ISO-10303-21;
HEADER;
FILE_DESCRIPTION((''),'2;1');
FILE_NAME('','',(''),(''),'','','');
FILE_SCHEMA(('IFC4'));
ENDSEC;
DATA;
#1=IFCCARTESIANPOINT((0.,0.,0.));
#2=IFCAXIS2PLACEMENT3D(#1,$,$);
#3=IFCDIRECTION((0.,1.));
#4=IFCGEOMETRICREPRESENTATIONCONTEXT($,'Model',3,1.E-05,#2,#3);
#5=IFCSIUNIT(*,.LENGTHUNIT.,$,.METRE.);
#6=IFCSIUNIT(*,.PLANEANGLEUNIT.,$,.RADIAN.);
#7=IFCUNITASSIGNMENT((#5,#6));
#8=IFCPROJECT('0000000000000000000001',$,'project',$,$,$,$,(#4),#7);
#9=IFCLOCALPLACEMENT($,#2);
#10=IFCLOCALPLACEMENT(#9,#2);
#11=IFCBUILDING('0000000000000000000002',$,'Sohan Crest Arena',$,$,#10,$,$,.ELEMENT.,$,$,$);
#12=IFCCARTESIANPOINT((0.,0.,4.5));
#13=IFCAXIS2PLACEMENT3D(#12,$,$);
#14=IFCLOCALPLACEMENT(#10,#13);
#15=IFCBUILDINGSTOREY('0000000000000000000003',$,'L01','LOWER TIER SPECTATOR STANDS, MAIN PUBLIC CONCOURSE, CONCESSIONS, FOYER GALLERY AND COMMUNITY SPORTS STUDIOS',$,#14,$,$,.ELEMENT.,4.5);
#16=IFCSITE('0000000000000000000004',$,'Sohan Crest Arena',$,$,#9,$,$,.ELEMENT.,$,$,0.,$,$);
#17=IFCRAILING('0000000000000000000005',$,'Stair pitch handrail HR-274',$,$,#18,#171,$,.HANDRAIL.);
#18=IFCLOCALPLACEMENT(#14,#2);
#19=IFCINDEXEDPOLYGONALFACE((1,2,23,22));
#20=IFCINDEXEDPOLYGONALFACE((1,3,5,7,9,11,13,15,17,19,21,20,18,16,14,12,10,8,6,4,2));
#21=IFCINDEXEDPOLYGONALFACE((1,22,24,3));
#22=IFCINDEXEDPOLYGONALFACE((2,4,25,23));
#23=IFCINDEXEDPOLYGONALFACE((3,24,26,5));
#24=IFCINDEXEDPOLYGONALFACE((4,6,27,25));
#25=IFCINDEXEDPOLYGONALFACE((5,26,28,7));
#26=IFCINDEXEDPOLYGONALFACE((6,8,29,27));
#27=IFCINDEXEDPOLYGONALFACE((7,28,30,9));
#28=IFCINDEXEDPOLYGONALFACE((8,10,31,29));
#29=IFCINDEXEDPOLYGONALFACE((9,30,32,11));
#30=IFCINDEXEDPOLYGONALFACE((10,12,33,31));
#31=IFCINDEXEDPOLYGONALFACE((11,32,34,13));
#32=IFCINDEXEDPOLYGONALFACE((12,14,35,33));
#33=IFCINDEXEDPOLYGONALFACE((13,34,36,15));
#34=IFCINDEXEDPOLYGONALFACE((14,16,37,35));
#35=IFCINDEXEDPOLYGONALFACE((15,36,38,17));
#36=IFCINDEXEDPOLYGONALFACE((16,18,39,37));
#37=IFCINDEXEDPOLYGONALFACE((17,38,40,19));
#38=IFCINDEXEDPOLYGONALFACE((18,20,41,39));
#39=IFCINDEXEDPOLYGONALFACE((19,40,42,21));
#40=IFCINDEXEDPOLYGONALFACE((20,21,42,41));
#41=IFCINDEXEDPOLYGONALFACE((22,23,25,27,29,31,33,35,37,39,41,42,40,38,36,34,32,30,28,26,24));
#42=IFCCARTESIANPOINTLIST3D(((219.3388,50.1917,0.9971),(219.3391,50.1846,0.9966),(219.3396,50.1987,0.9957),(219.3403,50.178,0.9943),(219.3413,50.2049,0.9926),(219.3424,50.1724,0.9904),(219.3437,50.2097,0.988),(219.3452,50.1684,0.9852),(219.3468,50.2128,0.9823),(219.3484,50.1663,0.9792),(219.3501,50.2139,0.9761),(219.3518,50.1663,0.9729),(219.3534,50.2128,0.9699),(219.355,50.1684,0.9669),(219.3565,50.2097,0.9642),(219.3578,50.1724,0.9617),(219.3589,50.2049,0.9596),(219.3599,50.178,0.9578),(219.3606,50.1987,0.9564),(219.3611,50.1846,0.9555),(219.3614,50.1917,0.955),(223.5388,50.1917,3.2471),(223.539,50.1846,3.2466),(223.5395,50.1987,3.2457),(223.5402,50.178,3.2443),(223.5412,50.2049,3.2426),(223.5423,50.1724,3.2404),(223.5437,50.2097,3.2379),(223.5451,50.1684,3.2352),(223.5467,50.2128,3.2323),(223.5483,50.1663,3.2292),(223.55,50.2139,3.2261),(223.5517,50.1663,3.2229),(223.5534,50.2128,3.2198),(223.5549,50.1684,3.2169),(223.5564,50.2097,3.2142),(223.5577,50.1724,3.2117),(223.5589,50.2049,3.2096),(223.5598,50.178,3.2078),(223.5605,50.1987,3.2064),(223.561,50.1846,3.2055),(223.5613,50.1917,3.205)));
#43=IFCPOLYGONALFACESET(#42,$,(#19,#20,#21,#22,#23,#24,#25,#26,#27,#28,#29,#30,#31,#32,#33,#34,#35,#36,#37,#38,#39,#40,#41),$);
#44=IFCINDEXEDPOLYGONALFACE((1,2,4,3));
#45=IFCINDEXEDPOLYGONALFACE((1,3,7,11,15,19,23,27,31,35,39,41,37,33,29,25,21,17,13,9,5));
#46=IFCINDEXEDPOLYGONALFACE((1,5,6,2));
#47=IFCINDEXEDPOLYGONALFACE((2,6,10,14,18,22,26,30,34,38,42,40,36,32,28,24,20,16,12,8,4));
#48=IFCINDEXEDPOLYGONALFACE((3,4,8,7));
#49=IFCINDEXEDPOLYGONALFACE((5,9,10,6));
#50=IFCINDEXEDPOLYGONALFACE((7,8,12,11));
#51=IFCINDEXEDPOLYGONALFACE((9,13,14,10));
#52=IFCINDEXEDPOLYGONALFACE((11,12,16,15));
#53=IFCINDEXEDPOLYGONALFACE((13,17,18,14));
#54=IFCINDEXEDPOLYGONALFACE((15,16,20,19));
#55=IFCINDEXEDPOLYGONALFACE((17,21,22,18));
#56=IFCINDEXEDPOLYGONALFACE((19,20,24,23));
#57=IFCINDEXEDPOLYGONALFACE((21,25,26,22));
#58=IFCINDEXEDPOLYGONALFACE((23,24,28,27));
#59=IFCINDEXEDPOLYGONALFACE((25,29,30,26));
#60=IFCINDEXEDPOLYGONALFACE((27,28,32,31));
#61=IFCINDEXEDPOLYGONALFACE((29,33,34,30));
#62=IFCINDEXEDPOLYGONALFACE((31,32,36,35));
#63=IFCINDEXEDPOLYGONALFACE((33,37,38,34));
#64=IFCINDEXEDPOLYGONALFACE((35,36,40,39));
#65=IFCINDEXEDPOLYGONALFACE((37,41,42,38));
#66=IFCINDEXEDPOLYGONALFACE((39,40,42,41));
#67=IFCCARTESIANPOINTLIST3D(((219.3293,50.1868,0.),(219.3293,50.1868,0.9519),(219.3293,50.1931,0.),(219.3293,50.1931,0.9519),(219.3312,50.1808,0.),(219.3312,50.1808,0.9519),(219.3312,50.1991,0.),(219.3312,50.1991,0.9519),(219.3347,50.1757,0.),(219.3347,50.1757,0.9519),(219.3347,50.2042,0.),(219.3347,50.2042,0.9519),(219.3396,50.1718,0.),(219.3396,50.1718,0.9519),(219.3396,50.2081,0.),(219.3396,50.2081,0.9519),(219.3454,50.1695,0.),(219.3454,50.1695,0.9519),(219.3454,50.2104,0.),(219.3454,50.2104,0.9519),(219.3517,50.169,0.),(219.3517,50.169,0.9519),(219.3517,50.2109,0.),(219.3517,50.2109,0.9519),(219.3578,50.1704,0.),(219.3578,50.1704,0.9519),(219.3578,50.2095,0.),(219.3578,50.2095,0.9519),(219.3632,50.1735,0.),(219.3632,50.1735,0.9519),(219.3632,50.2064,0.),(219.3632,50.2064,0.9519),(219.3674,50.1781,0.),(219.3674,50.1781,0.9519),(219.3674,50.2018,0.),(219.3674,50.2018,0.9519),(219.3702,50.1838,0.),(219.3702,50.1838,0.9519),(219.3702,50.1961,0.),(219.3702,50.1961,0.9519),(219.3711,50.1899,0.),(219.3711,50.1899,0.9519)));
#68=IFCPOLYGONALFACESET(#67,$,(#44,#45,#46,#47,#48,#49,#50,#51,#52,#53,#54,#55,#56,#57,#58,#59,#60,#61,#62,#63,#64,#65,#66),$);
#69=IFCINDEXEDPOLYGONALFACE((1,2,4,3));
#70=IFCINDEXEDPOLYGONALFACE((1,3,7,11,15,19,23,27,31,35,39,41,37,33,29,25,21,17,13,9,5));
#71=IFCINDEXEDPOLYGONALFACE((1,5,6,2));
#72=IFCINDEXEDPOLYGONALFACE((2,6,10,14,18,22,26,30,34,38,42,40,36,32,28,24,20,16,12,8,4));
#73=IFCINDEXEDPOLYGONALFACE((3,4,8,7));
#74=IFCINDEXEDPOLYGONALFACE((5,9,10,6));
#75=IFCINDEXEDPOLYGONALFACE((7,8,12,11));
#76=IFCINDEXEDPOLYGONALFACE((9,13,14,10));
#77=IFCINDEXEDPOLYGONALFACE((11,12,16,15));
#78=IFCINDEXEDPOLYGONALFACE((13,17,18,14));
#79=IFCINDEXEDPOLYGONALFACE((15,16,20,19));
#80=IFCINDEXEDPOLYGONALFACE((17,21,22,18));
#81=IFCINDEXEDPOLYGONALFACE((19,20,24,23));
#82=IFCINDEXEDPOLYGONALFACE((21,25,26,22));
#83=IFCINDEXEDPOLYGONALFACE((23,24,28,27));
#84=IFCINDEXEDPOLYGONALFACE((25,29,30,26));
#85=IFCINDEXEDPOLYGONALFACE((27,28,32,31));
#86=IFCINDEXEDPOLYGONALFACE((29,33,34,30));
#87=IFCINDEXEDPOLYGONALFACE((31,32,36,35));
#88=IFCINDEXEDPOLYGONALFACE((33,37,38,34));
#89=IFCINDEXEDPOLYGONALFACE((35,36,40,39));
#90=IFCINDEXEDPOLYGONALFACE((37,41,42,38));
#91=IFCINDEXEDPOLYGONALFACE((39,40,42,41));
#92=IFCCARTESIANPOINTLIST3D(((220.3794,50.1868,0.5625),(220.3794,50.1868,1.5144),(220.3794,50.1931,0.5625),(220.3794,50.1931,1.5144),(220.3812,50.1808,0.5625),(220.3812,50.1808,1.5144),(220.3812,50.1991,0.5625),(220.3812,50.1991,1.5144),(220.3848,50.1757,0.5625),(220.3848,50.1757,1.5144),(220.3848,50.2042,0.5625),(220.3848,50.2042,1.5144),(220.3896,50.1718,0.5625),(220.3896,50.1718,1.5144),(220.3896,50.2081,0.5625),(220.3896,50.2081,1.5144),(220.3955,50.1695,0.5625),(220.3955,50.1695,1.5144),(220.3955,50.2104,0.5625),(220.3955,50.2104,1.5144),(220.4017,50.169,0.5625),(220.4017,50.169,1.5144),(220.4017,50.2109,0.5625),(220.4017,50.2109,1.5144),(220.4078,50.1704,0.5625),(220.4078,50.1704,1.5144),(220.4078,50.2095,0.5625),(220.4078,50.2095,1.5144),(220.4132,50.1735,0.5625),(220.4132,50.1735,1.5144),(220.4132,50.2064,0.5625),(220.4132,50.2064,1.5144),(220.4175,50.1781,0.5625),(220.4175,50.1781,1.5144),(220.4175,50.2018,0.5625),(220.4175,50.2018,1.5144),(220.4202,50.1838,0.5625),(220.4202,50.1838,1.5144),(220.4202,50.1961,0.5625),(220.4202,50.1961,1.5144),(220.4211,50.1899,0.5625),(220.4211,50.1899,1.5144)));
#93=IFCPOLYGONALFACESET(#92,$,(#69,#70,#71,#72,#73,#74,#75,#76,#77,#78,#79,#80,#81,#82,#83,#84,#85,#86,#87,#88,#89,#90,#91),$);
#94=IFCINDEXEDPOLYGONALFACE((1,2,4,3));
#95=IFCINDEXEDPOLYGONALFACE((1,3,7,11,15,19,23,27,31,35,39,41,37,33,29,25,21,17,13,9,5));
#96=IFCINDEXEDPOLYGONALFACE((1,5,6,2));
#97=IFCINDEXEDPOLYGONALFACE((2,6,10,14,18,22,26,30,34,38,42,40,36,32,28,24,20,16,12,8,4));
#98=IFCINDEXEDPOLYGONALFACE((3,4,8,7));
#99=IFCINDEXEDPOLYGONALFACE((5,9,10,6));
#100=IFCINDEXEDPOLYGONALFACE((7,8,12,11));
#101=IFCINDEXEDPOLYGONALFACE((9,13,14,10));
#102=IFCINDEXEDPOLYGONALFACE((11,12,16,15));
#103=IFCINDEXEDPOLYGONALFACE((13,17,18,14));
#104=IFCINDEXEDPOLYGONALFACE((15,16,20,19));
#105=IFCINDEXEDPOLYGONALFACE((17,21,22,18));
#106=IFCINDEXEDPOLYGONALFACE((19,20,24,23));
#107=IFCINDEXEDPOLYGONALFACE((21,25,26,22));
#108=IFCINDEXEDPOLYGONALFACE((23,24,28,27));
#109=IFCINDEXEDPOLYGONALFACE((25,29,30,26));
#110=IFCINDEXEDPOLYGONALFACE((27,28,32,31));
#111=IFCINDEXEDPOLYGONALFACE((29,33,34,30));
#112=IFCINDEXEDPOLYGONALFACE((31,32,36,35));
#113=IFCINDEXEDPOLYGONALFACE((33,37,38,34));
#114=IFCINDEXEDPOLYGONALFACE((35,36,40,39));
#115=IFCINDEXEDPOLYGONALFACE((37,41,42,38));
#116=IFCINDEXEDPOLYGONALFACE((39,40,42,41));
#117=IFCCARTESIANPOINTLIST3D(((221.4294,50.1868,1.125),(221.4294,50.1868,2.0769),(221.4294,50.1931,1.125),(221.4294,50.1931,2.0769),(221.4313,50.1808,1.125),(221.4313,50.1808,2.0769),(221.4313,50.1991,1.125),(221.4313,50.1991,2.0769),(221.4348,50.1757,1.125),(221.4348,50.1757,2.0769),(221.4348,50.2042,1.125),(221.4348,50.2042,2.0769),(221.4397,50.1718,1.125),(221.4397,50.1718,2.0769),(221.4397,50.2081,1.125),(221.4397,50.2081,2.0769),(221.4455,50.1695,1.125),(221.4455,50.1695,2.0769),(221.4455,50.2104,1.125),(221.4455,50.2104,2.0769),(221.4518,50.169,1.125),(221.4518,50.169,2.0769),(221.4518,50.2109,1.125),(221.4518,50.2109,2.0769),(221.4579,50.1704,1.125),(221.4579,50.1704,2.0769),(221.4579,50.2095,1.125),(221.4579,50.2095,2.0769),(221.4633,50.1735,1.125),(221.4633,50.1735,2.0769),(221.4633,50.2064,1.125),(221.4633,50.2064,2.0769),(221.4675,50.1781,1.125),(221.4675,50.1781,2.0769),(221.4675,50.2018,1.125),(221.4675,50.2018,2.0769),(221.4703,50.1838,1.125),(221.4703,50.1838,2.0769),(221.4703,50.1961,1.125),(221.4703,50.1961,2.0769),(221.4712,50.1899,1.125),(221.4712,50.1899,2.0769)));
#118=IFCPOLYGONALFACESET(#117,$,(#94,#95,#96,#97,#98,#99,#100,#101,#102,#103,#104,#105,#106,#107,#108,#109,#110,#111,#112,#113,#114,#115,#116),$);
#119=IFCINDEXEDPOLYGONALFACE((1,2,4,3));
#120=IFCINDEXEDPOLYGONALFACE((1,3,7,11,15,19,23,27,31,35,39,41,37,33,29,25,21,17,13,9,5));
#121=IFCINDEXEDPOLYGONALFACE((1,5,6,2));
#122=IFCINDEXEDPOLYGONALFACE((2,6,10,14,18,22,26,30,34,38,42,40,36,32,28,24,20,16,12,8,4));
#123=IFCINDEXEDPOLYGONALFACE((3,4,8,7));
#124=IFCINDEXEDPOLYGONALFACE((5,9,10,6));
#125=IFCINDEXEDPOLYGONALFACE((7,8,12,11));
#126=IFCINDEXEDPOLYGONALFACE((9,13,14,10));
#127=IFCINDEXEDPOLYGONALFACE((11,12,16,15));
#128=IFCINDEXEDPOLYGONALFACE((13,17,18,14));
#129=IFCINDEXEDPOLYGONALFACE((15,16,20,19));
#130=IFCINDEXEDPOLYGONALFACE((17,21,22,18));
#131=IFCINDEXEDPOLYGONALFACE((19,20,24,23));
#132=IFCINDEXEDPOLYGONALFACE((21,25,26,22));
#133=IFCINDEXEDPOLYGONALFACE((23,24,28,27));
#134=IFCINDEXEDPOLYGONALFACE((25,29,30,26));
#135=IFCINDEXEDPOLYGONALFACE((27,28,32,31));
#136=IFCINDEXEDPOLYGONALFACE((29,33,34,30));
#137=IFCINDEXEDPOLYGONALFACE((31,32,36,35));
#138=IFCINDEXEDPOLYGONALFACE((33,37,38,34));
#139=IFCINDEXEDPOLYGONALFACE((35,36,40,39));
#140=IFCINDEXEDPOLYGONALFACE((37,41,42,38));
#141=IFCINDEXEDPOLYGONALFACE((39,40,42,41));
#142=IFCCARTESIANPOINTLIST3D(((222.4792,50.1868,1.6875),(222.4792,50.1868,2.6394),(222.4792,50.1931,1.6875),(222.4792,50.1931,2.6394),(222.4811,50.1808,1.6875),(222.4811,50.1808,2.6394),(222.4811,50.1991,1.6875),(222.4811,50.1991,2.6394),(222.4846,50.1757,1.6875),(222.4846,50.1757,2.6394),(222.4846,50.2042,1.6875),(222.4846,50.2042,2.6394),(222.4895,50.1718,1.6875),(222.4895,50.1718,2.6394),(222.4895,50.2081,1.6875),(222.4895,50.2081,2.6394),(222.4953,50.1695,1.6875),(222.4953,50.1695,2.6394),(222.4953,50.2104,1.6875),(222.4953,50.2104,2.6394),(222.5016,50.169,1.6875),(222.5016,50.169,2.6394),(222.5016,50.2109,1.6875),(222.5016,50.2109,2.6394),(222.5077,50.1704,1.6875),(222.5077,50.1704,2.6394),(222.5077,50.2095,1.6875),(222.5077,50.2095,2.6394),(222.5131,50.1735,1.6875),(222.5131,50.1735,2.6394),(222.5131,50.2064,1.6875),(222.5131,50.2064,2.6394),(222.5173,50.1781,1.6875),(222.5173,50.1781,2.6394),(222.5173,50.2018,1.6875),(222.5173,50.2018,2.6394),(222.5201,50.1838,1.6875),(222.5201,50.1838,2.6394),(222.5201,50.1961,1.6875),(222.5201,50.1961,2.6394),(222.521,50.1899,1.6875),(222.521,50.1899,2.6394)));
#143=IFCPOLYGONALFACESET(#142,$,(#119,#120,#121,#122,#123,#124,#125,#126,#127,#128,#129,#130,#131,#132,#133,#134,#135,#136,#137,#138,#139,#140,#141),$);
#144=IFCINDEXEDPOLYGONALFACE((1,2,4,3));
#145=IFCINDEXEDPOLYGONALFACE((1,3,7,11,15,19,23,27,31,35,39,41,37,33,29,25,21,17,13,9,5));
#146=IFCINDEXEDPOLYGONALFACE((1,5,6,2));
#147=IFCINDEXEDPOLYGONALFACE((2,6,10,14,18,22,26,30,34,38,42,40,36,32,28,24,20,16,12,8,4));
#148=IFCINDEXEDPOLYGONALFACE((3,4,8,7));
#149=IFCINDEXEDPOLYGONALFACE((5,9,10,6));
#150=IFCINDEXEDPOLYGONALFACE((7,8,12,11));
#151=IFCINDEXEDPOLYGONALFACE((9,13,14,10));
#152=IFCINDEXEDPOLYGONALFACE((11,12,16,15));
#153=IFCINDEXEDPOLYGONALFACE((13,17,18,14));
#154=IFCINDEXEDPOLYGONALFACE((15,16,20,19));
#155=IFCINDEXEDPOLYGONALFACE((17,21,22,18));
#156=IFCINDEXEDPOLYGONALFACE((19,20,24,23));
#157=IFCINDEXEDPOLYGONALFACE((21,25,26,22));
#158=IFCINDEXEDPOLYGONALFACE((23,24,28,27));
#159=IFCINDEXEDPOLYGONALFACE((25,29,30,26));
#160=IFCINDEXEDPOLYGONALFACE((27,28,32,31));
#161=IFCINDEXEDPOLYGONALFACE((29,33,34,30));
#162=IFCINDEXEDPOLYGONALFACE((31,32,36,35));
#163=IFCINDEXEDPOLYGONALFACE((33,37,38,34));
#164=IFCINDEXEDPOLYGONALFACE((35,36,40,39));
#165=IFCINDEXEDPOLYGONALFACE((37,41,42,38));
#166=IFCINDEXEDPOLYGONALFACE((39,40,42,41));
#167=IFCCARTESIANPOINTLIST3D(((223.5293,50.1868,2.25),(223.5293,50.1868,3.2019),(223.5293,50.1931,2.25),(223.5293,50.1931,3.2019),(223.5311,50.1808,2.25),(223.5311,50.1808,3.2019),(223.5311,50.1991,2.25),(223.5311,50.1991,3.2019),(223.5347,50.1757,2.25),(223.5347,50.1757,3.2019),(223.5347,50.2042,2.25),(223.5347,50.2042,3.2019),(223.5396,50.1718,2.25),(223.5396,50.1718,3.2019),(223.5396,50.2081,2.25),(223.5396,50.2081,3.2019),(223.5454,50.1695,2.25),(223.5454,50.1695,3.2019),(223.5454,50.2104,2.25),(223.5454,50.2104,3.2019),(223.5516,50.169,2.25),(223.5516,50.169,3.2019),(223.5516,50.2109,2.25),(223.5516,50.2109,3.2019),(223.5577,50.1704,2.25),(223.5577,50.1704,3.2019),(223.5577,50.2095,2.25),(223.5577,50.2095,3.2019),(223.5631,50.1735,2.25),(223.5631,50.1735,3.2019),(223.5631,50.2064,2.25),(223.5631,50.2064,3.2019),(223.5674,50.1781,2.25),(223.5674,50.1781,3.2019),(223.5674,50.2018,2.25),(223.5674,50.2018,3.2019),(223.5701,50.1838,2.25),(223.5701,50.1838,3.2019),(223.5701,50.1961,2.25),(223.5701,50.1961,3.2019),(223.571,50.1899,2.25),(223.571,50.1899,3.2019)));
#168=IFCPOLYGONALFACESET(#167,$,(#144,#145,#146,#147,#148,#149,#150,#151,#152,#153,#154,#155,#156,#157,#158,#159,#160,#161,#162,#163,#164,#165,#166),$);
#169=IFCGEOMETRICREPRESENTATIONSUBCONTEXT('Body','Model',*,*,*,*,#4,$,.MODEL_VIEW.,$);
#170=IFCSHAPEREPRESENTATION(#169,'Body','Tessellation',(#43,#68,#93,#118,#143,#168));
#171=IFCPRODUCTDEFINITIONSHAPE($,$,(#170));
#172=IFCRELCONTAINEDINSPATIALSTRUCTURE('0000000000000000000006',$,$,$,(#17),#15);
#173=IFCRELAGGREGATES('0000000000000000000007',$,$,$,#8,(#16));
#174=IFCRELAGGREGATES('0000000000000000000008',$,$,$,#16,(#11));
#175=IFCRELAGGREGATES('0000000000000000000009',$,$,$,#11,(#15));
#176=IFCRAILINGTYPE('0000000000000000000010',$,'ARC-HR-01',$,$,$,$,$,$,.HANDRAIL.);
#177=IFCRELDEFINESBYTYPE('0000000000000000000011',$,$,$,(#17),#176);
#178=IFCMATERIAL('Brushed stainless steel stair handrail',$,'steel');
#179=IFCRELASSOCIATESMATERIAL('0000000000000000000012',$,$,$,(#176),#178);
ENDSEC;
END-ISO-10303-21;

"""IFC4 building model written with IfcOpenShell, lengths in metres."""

from ifc_helpers import new_model, si_unit, direction, frame, origin, origin_2d, place, context, subcontext, project, spatial, circle, extrude, material, type_object, element, save


model = new_model("IFC4")

# Units and contexts
model_context = context("Model", 3, precision=1e-05, world=origin(), true_north=direction((0.0, 1.0)))
body_context = subcontext(model_context, "Body", "Model", "MODEL_VIEW")
ifc_project = project(units=[si_unit("LENGTHUNIT", "METRE"), si_unit("PLANEANGLEUNIT", "RADIAN")], contexts=[model_context])

# Site, building, storey
site_placement = place(None, origin())
site = spatial("IfcSite", under=ifc_project, at=site_placement, Name="Sohan Crest Arena", CompositionType="ELEMENT", RefElevation=0.0)
building_placement = place(site_placement, origin())
building = spatial("IfcBuilding", under=site, at=building_placement, Name="Sohan Crest Arena", CompositionType="ELEMENT")
storey_placement = place(building_placement, frame((0.0, 0.0, 4.5)))
storey = spatial("IfcBuildingStorey", under=building, at=storey_placement, Name="L01", Description="LOWER TIER SPECTATOR STANDS, MAIN PUBLIC CONCOURSE, CONCESSIONS, FOYER GALLERY AND COMMUNITY SPORTS STUDIOS", CompositionType="ELEMENT", Elevation=4.5)

# Railing
ifc_material_1 = material(Name="Brushed stainless steel stair handrail", Category="steel")
railing_type_1 = type_object("IfcRailingType", Name="ARC-HR-01", PredefinedType="HANDRAIL", material=ifc_material_1)
for number, where, name in (
    (1, (219.3501, 50.1899, 0.0), "Stair pitch handrail HR-274"),
):
    element("IfcRailing", number, at=place(storey_placement, frame(where)), inside=storey, type_object=railing_type_1, Name=name, PredefinedType="HANDRAIL", context=body_context, shape_type="SweptSolid", body=[
        extrude(circle(Radius=0.0239, at=origin_2d()), frame((0.0, 0.0, 0.9761), z_axis=(0.881478, 0.0, 0.472226), x_axis=(0.0, 1.0, 0.0)), (0.0, 0.0, 1.0), 4.7646),
        extrude(circle(Radius=0.021, at=origin_2d()), origin(), (0.0, 0.0, 1.0), 0.9519),
        extrude(circle(Radius=0.021, at=origin_2d()), frame((1.05, 0.0, 0.5625)), (0.0, 0.0, 1.0), 0.9519),
        extrude(circle(Radius=0.021, at=origin_2d()), frame((2.1001, 0.0, 1.125)), (0.0, 0.0, 1.0), 0.9519),
        extrude(circle(Radius=0.021, at=origin_2d()), frame((3.1499, 0.0, 1.6875)), (0.0, 0.0, 1.0), 0.9519),
        extrude(circle(Radius=0.021, at=origin_2d()), frame((4.2, 0.0, 2.25)), (0.0, 0.0, 1.0), 0.9519),
    ])

save(model, "model.ifc")
